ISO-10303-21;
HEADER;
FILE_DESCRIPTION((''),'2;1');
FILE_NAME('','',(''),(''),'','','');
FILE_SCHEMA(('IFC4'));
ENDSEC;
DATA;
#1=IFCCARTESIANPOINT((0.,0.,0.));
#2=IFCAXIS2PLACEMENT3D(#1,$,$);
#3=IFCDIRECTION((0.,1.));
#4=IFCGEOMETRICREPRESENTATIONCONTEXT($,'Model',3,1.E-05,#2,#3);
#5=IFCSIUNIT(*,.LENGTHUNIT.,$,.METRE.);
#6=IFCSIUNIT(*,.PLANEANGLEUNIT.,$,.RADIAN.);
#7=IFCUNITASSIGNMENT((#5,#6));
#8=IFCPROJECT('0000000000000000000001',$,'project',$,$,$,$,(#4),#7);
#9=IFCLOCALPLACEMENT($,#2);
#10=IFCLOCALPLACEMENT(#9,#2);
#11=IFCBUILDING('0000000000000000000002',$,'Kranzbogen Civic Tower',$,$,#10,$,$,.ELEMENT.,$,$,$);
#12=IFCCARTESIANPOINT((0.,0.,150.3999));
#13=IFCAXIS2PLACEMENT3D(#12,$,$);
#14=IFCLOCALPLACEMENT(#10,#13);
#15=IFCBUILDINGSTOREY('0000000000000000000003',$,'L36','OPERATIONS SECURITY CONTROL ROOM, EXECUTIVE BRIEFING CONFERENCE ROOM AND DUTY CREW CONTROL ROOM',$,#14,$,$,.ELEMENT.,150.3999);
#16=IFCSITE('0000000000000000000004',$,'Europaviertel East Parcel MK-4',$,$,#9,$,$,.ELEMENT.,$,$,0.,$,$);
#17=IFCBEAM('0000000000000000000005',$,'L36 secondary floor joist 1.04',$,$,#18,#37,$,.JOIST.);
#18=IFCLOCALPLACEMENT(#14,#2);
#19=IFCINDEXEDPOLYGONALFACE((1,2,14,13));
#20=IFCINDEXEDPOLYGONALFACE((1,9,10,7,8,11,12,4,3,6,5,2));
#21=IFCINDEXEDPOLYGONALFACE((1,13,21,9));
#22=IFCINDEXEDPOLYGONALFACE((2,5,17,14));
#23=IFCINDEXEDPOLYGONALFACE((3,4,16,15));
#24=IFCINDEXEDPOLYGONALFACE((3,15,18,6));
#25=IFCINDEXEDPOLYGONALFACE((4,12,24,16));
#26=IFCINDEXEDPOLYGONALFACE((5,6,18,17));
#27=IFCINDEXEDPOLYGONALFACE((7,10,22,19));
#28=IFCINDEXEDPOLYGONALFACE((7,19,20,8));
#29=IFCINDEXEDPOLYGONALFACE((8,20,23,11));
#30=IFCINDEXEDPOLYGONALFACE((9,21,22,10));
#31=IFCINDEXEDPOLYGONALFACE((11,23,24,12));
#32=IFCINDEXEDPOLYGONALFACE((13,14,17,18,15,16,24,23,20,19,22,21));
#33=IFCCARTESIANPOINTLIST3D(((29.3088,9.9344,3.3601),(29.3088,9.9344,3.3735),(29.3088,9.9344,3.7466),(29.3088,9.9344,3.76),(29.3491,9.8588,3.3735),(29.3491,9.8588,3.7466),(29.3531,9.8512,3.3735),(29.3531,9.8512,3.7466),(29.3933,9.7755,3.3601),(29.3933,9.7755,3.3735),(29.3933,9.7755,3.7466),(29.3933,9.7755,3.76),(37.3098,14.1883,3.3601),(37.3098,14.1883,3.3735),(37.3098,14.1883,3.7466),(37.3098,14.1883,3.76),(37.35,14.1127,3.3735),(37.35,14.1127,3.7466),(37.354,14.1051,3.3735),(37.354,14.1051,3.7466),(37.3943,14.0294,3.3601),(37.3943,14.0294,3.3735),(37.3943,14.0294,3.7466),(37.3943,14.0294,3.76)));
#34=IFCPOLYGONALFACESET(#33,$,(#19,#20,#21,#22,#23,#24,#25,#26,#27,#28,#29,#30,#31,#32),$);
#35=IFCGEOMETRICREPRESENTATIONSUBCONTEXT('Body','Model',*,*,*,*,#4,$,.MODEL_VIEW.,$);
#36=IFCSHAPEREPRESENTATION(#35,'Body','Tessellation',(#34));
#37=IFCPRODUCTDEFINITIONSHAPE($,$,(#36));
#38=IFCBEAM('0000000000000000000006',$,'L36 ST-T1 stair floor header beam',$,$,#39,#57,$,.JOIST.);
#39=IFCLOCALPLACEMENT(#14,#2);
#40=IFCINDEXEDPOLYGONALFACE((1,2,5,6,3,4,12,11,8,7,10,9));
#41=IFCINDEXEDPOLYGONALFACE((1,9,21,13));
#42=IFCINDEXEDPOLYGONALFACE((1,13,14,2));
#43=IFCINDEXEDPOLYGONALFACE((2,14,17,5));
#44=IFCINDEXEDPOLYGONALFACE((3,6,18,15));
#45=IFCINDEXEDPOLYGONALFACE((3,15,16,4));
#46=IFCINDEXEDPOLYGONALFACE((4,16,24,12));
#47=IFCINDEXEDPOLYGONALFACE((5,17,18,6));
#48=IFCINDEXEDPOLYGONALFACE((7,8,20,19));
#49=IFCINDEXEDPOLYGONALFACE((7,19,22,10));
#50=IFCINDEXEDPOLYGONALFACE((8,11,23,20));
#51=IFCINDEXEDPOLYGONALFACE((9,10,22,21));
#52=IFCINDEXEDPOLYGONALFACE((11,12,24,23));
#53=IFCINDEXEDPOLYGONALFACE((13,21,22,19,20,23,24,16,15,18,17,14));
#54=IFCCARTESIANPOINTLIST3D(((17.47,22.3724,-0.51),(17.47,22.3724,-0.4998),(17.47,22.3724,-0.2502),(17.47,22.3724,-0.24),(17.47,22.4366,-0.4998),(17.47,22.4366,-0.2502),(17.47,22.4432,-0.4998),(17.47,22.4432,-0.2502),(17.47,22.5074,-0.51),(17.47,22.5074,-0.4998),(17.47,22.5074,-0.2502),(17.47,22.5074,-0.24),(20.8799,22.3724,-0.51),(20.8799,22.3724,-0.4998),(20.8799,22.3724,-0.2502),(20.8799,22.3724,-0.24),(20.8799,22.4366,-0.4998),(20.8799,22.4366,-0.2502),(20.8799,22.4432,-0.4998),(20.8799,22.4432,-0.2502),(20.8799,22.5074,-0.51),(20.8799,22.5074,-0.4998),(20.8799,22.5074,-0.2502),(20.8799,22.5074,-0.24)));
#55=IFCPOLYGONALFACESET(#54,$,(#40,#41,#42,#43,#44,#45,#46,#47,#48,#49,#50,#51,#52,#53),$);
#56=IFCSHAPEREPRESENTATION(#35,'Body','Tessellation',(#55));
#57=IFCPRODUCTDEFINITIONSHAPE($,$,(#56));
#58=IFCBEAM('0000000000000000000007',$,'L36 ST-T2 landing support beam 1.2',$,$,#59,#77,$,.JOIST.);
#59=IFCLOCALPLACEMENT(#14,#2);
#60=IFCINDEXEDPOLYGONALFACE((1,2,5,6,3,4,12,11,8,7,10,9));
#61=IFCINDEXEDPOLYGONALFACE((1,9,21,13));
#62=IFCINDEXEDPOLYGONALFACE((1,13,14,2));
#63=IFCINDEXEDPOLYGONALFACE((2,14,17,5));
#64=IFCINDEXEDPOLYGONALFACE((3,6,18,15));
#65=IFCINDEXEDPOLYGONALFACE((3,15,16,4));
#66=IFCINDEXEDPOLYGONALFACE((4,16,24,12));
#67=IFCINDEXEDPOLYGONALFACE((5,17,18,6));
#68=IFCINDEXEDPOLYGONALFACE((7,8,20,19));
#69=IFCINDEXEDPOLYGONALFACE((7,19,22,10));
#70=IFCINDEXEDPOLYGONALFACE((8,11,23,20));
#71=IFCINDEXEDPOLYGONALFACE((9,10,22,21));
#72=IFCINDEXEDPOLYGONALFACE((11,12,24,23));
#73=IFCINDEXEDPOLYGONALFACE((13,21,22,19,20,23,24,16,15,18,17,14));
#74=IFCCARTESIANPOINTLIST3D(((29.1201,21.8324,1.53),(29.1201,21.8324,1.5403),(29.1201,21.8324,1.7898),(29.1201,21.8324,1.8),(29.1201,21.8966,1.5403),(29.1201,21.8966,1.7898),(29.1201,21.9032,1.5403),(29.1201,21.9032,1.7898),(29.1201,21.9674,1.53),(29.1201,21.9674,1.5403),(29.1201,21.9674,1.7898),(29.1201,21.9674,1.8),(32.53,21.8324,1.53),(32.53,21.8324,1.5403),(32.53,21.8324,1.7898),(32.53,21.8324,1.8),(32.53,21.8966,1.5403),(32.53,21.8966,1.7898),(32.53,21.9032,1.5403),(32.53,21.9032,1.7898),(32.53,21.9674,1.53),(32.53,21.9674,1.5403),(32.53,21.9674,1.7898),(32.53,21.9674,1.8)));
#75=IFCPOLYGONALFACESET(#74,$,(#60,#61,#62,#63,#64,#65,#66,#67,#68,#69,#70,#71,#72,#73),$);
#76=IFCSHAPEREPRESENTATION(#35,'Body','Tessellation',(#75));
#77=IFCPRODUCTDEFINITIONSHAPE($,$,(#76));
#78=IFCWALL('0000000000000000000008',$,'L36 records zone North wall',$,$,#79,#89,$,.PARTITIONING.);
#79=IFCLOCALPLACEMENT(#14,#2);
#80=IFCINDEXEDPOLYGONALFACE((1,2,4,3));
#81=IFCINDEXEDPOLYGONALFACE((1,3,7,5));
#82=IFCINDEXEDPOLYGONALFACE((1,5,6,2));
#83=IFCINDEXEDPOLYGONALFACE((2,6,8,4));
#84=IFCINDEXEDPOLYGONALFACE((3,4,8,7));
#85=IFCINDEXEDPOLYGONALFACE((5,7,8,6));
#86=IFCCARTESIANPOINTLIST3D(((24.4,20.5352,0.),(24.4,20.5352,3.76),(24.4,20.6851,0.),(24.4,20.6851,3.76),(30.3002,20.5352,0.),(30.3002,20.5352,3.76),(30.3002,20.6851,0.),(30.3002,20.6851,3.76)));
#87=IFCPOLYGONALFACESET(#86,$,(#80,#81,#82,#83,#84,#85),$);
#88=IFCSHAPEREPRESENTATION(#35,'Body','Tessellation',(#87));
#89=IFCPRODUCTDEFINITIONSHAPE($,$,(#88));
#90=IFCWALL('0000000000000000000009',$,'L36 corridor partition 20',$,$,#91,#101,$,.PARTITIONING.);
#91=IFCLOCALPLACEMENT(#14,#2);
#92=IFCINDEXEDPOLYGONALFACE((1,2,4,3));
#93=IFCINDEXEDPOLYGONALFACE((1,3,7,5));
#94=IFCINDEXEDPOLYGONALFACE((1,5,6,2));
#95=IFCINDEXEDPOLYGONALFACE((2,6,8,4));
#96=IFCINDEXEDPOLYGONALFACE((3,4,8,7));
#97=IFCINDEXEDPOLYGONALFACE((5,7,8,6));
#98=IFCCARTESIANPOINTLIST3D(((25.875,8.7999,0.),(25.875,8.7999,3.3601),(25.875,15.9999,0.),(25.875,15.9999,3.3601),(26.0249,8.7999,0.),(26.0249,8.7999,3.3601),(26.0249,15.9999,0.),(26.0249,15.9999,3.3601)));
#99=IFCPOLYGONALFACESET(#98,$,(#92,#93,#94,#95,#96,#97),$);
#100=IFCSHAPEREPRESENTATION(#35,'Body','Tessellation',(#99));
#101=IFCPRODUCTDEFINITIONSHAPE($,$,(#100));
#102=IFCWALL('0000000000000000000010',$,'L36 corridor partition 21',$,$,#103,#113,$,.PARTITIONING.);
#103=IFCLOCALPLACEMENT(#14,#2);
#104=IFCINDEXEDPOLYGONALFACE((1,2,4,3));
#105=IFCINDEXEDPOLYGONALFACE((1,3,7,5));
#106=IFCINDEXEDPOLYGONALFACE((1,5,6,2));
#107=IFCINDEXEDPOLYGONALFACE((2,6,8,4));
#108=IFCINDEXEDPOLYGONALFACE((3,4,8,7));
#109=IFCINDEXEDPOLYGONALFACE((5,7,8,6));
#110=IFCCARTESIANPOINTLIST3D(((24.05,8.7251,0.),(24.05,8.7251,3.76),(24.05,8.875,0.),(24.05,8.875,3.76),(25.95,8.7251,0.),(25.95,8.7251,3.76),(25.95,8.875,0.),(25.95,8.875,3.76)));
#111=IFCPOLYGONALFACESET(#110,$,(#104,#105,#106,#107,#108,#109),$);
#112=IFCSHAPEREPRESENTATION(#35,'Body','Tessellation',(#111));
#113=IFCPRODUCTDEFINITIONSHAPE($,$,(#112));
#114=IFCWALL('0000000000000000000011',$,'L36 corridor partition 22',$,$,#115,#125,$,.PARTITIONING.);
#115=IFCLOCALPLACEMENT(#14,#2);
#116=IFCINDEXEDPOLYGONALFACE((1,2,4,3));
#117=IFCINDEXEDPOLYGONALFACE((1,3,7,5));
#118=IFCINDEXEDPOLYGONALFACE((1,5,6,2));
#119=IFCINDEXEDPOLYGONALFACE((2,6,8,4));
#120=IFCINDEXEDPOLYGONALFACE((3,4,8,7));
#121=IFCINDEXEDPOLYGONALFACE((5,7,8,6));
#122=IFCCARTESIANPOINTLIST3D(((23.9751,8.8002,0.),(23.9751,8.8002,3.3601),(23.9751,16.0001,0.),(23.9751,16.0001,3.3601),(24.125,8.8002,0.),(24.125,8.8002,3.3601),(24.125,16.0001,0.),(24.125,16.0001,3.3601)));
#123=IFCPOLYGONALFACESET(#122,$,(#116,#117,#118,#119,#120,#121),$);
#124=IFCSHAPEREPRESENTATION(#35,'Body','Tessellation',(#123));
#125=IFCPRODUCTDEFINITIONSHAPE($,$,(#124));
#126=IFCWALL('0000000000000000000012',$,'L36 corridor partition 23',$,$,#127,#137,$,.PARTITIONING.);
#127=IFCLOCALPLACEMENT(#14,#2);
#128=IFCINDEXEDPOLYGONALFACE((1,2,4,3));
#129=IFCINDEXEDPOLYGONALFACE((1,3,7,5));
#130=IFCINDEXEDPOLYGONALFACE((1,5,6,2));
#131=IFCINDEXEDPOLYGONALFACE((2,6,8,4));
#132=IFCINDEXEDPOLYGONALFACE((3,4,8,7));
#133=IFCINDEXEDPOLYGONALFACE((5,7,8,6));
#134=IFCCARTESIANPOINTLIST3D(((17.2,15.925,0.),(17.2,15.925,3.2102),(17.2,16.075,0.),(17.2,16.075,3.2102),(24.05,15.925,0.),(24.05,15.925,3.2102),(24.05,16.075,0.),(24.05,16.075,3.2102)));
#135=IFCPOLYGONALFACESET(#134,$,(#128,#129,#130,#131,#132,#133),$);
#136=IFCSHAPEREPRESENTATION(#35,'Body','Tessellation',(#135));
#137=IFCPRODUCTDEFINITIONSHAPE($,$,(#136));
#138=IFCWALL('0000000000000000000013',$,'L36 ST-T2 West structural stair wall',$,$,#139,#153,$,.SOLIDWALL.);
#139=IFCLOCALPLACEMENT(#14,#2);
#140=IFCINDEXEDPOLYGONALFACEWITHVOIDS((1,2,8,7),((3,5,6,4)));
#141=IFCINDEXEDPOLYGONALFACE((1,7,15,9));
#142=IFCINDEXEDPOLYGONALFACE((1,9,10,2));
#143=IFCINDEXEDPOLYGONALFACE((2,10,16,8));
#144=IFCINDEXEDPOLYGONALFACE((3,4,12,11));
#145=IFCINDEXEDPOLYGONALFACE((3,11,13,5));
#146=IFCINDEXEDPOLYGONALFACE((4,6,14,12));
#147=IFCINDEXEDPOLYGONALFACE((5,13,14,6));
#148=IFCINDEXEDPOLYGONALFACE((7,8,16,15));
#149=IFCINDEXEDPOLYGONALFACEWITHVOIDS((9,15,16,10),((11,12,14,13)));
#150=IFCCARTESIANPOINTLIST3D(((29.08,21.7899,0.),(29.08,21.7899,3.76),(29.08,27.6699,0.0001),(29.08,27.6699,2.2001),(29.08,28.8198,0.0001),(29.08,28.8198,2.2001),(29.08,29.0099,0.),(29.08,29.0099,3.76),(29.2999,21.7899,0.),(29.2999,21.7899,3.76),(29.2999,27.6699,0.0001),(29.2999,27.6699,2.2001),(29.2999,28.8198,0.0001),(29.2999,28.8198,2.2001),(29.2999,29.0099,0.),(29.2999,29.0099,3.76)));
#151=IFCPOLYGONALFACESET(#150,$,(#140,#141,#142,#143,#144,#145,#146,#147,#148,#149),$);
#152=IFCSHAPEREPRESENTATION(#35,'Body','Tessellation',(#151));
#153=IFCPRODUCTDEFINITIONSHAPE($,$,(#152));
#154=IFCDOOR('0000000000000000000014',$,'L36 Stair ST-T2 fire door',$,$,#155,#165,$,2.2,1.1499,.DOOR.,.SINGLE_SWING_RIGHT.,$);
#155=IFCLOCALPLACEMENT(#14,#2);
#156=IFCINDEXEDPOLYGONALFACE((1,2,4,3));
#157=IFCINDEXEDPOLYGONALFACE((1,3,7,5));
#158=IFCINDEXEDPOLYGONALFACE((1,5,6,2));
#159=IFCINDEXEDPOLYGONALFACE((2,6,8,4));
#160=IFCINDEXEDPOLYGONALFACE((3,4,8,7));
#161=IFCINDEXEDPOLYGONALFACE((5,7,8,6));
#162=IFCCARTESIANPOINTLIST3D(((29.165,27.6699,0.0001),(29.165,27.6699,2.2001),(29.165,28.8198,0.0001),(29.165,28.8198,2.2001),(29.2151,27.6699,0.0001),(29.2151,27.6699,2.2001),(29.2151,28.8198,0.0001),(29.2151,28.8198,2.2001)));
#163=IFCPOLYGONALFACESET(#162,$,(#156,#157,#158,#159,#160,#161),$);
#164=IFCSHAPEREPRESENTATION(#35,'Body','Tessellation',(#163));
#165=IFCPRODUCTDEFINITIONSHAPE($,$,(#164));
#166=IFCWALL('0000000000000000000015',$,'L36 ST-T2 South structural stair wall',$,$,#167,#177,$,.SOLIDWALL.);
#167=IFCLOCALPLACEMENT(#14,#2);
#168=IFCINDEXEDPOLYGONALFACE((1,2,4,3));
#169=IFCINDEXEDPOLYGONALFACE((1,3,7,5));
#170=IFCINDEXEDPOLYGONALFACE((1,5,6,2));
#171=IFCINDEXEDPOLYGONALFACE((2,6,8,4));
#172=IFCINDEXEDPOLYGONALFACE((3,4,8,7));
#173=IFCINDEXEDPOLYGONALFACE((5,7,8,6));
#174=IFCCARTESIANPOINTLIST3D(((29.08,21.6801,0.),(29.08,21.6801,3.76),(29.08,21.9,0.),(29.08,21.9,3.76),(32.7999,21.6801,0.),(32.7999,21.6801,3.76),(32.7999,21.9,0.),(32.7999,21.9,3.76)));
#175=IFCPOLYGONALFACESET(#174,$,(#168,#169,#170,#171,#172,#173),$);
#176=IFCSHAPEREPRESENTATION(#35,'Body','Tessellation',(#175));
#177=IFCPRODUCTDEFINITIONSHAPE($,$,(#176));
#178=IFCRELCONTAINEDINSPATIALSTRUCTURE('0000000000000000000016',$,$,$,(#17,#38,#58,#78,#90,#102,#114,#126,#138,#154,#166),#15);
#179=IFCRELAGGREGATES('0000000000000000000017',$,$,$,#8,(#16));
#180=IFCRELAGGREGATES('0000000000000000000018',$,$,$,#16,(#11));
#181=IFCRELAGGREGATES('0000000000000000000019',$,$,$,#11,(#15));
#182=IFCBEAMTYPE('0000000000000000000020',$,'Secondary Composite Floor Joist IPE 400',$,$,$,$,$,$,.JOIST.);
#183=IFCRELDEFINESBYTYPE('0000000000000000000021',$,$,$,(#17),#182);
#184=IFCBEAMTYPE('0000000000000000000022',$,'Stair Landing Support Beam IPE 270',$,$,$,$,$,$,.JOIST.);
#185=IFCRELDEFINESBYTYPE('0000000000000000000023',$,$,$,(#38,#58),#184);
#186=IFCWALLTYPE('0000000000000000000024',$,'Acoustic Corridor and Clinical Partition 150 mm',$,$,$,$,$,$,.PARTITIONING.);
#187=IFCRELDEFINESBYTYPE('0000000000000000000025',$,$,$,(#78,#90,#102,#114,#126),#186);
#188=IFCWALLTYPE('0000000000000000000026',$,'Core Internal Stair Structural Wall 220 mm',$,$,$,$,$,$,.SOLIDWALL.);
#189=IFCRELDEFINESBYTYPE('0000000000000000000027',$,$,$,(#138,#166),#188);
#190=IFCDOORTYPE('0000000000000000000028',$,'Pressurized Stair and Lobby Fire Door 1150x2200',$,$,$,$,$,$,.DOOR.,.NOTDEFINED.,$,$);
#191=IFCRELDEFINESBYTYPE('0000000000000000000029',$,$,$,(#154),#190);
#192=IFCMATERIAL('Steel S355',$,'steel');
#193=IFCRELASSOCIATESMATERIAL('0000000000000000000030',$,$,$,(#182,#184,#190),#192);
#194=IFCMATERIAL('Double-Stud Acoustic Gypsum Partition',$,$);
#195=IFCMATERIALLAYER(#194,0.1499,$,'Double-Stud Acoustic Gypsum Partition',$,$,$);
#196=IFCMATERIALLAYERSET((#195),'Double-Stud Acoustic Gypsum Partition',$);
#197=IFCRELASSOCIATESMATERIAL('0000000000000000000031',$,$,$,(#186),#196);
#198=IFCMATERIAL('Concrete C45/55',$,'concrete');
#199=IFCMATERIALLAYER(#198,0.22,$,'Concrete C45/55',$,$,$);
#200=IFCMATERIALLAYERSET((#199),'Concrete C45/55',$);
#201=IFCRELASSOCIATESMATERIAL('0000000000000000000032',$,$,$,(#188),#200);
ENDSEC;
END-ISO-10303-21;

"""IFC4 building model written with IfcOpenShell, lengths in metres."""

from ifc_helpers import new_model, si_unit, direction, frame, frame_2d, origin, origin_2d, place, context, subcontext, project, spatial, rectangle, i_section, extrude, material, layer, layer_set, material_profile, profile_set, type_object, element, fill, save


model = new_model("IFC4")

# Units and contexts
model_context = context("Model", 3, precision=1e-05, world=origin(), true_north=direction((0.0, 1.0)))
body_context = subcontext(model_context, "Body", "Model", "MODEL_VIEW")
ifc_project = project(units=[si_unit("LENGTHUNIT", "METRE"), si_unit("PLANEANGLEUNIT", "RADIAN")], contexts=[model_context])

# Site, building, storey
site_placement = place(None, origin())
site = spatial("IfcSite", under=ifc_project, at=site_placement, Name="Europaviertel East Parcel MK-4", CompositionType="ELEMENT", RefElevation=0.0)
building_placement = place(site_placement, origin())
building = spatial("IfcBuilding", under=site, at=building_placement, Name="Kranzbogen Civic Tower", CompositionType="ELEMENT")
storey_placement = place(building_placement, frame((0.0, 0.0, 150.3999)))
storey = spatial("IfcBuildingStorey", under=building, at=storey_placement, Name="L36", Description="OPERATIONS SECURITY CONTROL ROOM, EXECUTIVE BRIEFING CONFERENCE ROOM AND DUTY CREW CONTROL ROOM", CompositionType="ELEMENT", Elevation=150.3999)

# Shared definitions
ifc_material_1 = material(Name="Steel S355", Category="steel")

# Beams
ifc_material_profile_1 = material_profile(ifc_material_1, i_section(OverallWidth=0.1799, OverallDepth=0.3999, WebThickness=0.0085, FlangeThickness=0.0134, at=origin_2d()), Name="IPE 400")
ifc_profile_set_1 = profile_set([ifc_material_profile_1], Name="Steel S355")
beam_type_1 = type_object("IfcBeamType", Name="Secondary Composite Floor Joist IPE 400", PredefinedType="JOIST", material=ifc_profile_set_1)
beam_1_placement = place(storey_placement, frame((29.3511, 9.855, 3.5601), z_axis=(0.882961, 0.469447, 0.0), x_axis=(-0.469447, 0.882961, 0.0)))
element("IfcBeam", 1, at=beam_1_placement, inside=storey, type_object=beam_type_1, Name="L36 secondary floor joist 1.04", PredefinedType="JOIST", context=body_context, shape_type="SweptSolid", body=[
    extrude(i_section(OverallWidth=0.1799, OverallDepth=0.3999, WebThickness=0.0085, FlangeThickness=0.0134, at=origin_2d()), origin(), (0.0, 0.0, 1.0), 9.0615),
])
ifc_material_profile_2 = material_profile(ifc_material_1, i_section(OverallWidth=0.135, OverallDepth=0.27, WebThickness=0.0066, FlangeThickness=0.0103, at=origin_2d()), Name="IPE 270")
ifc_profile_set_2 = profile_set([ifc_material_profile_2], Name="Steel S355")
beam_type_2 = type_object("IfcBeamType", Name="Stair Landing Support Beam IPE 270", PredefinedType="JOIST", material=ifc_profile_set_2)
for number, where, z_axis, x_axis, name in (
    (2, (20.8799, 22.4399, -0.375), (-1.0, 0.0, 0.0), (0.0, -1.0, 0.0), "L36 ST-T1 stair floor header beam"),
    (3, (29.1201, 21.8999, 1.665), (1.0, 0.0, 0.0), (0.0, 1.0, 0.0), "L36 ST-T2 landing support beam 1.2"),
):
    element("IfcBeam", number, at=place(storey_placement, frame(where, z_axis=z_axis, x_axis=x_axis)), inside=storey, type_object=beam_type_2, Name=name, PredefinedType="JOIST", context=body_context, shape_type="SweptSolid", body=[
        extrude(i_section(OverallWidth=0.135, OverallDepth=0.27, WebThickness=0.0066, FlangeThickness=0.0103, at=origin_2d()), origin(), (0.0, 0.0, 1.0), 3.4099),
    ])

# Walls
ifc_material_2 = material(Name="Double-Stud Acoustic Gypsum Partition")
ifc_layer_1 = layer(ifc_material_2, 0.1499, Name="Double-Stud Acoustic Gypsum Partition")
ifc_layer_set_1 = layer_set([ifc_layer_1], Name="Double-Stud Acoustic Gypsum Partition")
wall_type_1 = type_object("IfcWallType", Name="Acoustic Corridor and Clinical Partition 150 mm", PredefinedType="PARTITIONING", material=ifc_layer_set_1)
wall_1_placement = place(storey_placement, frame((24.3999, 20.6101, 0.0), z_axis=(0.0, 0.0, 1.0), x_axis=(1.0, 0.0, 0.0)))
element("IfcWall", 4, at=wall_1_placement, inside=storey, type_object=wall_type_1, Name="L36 records zone North wall", PredefinedType="PARTITIONING", context=body_context, shape_type="SweptSolid", body=[
    extrude(rectangle(XDim=5.9001, YDim=0.1499, at=frame_2d((2.9502, 0.0))), origin(), (0.0, 0.0, 1.0), 3.76),
])
wall_2_placement = place(storey_placement, frame((25.95, 16.0, 0.0), z_axis=(0.0, 0.0, 1.0), x_axis=(0.0, -1.0, 0.0)))
element("IfcWall", 5, at=wall_2_placement, inside=storey, type_object=wall_type_1, Name="L36 corridor partition 20", PredefinedType="PARTITIONING", context=body_context, shape_type="SweptSolid", body=[
    extrude(rectangle(XDim=7.2, YDim=0.1499, at=frame_2d((3.6001, 0.0))), origin(), (0.0, 0.0, 1.0), 3.3601),
])
wall_3_placement = place(storey_placement, frame((25.95, 8.8, 0.0), z_axis=(0.0, 0.0, 1.0), x_axis=(-1.0, 0.0, 0.0)))
element("IfcWall", 6, at=wall_3_placement, inside=storey, type_object=wall_type_1, Name="L36 corridor partition 21", PredefinedType="PARTITIONING", context=body_context, shape_type="SweptSolid", body=[
    extrude(rectangle(XDim=1.8999, YDim=0.1499, at=frame_2d((0.95, 0.0))), origin(), (0.0, 0.0, 1.0), 3.76),
])
wall_4_placement = place(storey_placement, frame((24.05, 8.8, 0.0), z_axis=(0.0, 0.0, 1.0), x_axis=(0.0, 1.0, 0.0)))
element("IfcWall", 7, at=wall_4_placement, inside=storey, type_object=wall_type_1, Name="L36 corridor partition 22", PredefinedType="PARTITIONING", context=body_context, shape_type="SweptSolid", body=[
    extrude(rectangle(XDim=7.2, YDim=0.1499, at=frame_2d((3.6001, 0.0))), origin(), (0.0, 0.0, 1.0), 3.3601),
])
wall_5_placement = place(storey_placement, frame((24.05, 16.0, 0.0), z_axis=(0.0, 0.0, 1.0), x_axis=(-1.0, 0.0, 0.0)))
element("IfcWall", 8, at=wall_5_placement, inside=storey, type_object=wall_type_1, Name="L36 corridor partition 23", PredefinedType="PARTITIONING", context=body_context, shape_type="SweptSolid", body=[
    extrude(rectangle(XDim=6.8501, YDim=0.1499, at=frame_2d((3.425, 0.0))), origin(), (0.0, 0.0, 1.0), 3.2102),
])

# Wall, opening, door
ifc_material_3 = material(Name="Concrete C45/55", Category="concrete")
ifc_layer_2 = layer(ifc_material_3, 0.22, Name="Concrete C45/55")
ifc_layer_set_2 = layer_set([ifc_layer_2], Name="Concrete C45/55")
wall_type_2 = type_object("IfcWallType", Name="Core Internal Stair Structural Wall 220 mm", PredefinedType="SOLIDWALL", material=ifc_layer_set_2)
wall_6_placement = place(storey_placement, frame((29.1899, 21.79, 0.0), z_axis=(0.0, 0.0, 1.0), x_axis=(0.0, 1.0, 0.0)))
wall_6 = element("IfcWall", 9, at=wall_6_placement, inside=storey, type_object=wall_type_2, Name="L36 ST-T2 West structural stair wall", PredefinedType="SOLIDWALL", context=body_context, shape_type="SweptSolid", body=[
    extrude(rectangle(XDim=7.22, YDim=0.22, at=frame_2d((3.6099, 0.0))), origin(), (0.0, 0.0, 1.0), 3.76),
])
opening_1_placement = place(wall_6_placement, frame((5.8799, 0.0, 0.0)))
opening_1 = element("IfcOpeningElement", 10, at=opening_1_placement, cuts=wall_6, PredefinedType="OPENING", context=body_context, shape_type="SweptSolid", body=[
    extrude(rectangle(XDim=1.1499, YDim=2.2, at=frame_2d((0.575, 1.1001))), frame((0.0, 0.1201, 0.0), z_axis=(0.0, -1.0, 0.0), x_axis=(1.0, 0.0, 0.0)), (0.0, 0.0, 1.0), 0.24),
])
door_type_1 = type_object("IfcDoorType", Name="Pressurized Stair and Lobby Fire Door 1150x2200", OperationType="NOTDEFINED", PredefinedType="DOOR", material=ifc_material_1)
door_1_placement = place(opening_1_placement, origin())
door_1 = element("IfcDoor", 11, at=door_1_placement, inside=storey, type_object=door_type_1, Name="L36 Stair ST-T2 fire door", OperationType="SINGLE_SWING_RIGHT", OverallHeight=2.2, OverallWidth=1.1499, PredefinedType="DOOR", context=body_context, shape_type="SweptSolid", body=[
    extrude(rectangle(XDim=1.1499, YDim=2.2, at=frame_2d((0.575, 1.1001))), frame((0.0, 0.0249, 0.0), z_axis=(0.0, -1.0, 0.0), x_axis=(1.0, 0.0, 0.0)), (0.0, 0.0, 1.0), 0.05),
])
fill(opening_1, door_1)

# Wall
wall_7_placement = place(storey_placement, frame((29.0801, 21.79, 0.0), z_axis=(0.0, 0.0, 1.0), x_axis=(1.0, 0.0, 0.0)))
element("IfcWall", 12, at=wall_7_placement, inside=storey, type_object=wall_type_2, Name="L36 ST-T2 South structural stair wall", PredefinedType="SOLIDWALL", context=body_context, shape_type="SweptSolid", body=[
    extrude(rectangle(XDim=3.72, YDim=0.22, at=frame_2d((1.8599, 0.0))), origin(), (0.0, 0.0, 1.0), 3.76),
])

save(model, "model.ifc")
